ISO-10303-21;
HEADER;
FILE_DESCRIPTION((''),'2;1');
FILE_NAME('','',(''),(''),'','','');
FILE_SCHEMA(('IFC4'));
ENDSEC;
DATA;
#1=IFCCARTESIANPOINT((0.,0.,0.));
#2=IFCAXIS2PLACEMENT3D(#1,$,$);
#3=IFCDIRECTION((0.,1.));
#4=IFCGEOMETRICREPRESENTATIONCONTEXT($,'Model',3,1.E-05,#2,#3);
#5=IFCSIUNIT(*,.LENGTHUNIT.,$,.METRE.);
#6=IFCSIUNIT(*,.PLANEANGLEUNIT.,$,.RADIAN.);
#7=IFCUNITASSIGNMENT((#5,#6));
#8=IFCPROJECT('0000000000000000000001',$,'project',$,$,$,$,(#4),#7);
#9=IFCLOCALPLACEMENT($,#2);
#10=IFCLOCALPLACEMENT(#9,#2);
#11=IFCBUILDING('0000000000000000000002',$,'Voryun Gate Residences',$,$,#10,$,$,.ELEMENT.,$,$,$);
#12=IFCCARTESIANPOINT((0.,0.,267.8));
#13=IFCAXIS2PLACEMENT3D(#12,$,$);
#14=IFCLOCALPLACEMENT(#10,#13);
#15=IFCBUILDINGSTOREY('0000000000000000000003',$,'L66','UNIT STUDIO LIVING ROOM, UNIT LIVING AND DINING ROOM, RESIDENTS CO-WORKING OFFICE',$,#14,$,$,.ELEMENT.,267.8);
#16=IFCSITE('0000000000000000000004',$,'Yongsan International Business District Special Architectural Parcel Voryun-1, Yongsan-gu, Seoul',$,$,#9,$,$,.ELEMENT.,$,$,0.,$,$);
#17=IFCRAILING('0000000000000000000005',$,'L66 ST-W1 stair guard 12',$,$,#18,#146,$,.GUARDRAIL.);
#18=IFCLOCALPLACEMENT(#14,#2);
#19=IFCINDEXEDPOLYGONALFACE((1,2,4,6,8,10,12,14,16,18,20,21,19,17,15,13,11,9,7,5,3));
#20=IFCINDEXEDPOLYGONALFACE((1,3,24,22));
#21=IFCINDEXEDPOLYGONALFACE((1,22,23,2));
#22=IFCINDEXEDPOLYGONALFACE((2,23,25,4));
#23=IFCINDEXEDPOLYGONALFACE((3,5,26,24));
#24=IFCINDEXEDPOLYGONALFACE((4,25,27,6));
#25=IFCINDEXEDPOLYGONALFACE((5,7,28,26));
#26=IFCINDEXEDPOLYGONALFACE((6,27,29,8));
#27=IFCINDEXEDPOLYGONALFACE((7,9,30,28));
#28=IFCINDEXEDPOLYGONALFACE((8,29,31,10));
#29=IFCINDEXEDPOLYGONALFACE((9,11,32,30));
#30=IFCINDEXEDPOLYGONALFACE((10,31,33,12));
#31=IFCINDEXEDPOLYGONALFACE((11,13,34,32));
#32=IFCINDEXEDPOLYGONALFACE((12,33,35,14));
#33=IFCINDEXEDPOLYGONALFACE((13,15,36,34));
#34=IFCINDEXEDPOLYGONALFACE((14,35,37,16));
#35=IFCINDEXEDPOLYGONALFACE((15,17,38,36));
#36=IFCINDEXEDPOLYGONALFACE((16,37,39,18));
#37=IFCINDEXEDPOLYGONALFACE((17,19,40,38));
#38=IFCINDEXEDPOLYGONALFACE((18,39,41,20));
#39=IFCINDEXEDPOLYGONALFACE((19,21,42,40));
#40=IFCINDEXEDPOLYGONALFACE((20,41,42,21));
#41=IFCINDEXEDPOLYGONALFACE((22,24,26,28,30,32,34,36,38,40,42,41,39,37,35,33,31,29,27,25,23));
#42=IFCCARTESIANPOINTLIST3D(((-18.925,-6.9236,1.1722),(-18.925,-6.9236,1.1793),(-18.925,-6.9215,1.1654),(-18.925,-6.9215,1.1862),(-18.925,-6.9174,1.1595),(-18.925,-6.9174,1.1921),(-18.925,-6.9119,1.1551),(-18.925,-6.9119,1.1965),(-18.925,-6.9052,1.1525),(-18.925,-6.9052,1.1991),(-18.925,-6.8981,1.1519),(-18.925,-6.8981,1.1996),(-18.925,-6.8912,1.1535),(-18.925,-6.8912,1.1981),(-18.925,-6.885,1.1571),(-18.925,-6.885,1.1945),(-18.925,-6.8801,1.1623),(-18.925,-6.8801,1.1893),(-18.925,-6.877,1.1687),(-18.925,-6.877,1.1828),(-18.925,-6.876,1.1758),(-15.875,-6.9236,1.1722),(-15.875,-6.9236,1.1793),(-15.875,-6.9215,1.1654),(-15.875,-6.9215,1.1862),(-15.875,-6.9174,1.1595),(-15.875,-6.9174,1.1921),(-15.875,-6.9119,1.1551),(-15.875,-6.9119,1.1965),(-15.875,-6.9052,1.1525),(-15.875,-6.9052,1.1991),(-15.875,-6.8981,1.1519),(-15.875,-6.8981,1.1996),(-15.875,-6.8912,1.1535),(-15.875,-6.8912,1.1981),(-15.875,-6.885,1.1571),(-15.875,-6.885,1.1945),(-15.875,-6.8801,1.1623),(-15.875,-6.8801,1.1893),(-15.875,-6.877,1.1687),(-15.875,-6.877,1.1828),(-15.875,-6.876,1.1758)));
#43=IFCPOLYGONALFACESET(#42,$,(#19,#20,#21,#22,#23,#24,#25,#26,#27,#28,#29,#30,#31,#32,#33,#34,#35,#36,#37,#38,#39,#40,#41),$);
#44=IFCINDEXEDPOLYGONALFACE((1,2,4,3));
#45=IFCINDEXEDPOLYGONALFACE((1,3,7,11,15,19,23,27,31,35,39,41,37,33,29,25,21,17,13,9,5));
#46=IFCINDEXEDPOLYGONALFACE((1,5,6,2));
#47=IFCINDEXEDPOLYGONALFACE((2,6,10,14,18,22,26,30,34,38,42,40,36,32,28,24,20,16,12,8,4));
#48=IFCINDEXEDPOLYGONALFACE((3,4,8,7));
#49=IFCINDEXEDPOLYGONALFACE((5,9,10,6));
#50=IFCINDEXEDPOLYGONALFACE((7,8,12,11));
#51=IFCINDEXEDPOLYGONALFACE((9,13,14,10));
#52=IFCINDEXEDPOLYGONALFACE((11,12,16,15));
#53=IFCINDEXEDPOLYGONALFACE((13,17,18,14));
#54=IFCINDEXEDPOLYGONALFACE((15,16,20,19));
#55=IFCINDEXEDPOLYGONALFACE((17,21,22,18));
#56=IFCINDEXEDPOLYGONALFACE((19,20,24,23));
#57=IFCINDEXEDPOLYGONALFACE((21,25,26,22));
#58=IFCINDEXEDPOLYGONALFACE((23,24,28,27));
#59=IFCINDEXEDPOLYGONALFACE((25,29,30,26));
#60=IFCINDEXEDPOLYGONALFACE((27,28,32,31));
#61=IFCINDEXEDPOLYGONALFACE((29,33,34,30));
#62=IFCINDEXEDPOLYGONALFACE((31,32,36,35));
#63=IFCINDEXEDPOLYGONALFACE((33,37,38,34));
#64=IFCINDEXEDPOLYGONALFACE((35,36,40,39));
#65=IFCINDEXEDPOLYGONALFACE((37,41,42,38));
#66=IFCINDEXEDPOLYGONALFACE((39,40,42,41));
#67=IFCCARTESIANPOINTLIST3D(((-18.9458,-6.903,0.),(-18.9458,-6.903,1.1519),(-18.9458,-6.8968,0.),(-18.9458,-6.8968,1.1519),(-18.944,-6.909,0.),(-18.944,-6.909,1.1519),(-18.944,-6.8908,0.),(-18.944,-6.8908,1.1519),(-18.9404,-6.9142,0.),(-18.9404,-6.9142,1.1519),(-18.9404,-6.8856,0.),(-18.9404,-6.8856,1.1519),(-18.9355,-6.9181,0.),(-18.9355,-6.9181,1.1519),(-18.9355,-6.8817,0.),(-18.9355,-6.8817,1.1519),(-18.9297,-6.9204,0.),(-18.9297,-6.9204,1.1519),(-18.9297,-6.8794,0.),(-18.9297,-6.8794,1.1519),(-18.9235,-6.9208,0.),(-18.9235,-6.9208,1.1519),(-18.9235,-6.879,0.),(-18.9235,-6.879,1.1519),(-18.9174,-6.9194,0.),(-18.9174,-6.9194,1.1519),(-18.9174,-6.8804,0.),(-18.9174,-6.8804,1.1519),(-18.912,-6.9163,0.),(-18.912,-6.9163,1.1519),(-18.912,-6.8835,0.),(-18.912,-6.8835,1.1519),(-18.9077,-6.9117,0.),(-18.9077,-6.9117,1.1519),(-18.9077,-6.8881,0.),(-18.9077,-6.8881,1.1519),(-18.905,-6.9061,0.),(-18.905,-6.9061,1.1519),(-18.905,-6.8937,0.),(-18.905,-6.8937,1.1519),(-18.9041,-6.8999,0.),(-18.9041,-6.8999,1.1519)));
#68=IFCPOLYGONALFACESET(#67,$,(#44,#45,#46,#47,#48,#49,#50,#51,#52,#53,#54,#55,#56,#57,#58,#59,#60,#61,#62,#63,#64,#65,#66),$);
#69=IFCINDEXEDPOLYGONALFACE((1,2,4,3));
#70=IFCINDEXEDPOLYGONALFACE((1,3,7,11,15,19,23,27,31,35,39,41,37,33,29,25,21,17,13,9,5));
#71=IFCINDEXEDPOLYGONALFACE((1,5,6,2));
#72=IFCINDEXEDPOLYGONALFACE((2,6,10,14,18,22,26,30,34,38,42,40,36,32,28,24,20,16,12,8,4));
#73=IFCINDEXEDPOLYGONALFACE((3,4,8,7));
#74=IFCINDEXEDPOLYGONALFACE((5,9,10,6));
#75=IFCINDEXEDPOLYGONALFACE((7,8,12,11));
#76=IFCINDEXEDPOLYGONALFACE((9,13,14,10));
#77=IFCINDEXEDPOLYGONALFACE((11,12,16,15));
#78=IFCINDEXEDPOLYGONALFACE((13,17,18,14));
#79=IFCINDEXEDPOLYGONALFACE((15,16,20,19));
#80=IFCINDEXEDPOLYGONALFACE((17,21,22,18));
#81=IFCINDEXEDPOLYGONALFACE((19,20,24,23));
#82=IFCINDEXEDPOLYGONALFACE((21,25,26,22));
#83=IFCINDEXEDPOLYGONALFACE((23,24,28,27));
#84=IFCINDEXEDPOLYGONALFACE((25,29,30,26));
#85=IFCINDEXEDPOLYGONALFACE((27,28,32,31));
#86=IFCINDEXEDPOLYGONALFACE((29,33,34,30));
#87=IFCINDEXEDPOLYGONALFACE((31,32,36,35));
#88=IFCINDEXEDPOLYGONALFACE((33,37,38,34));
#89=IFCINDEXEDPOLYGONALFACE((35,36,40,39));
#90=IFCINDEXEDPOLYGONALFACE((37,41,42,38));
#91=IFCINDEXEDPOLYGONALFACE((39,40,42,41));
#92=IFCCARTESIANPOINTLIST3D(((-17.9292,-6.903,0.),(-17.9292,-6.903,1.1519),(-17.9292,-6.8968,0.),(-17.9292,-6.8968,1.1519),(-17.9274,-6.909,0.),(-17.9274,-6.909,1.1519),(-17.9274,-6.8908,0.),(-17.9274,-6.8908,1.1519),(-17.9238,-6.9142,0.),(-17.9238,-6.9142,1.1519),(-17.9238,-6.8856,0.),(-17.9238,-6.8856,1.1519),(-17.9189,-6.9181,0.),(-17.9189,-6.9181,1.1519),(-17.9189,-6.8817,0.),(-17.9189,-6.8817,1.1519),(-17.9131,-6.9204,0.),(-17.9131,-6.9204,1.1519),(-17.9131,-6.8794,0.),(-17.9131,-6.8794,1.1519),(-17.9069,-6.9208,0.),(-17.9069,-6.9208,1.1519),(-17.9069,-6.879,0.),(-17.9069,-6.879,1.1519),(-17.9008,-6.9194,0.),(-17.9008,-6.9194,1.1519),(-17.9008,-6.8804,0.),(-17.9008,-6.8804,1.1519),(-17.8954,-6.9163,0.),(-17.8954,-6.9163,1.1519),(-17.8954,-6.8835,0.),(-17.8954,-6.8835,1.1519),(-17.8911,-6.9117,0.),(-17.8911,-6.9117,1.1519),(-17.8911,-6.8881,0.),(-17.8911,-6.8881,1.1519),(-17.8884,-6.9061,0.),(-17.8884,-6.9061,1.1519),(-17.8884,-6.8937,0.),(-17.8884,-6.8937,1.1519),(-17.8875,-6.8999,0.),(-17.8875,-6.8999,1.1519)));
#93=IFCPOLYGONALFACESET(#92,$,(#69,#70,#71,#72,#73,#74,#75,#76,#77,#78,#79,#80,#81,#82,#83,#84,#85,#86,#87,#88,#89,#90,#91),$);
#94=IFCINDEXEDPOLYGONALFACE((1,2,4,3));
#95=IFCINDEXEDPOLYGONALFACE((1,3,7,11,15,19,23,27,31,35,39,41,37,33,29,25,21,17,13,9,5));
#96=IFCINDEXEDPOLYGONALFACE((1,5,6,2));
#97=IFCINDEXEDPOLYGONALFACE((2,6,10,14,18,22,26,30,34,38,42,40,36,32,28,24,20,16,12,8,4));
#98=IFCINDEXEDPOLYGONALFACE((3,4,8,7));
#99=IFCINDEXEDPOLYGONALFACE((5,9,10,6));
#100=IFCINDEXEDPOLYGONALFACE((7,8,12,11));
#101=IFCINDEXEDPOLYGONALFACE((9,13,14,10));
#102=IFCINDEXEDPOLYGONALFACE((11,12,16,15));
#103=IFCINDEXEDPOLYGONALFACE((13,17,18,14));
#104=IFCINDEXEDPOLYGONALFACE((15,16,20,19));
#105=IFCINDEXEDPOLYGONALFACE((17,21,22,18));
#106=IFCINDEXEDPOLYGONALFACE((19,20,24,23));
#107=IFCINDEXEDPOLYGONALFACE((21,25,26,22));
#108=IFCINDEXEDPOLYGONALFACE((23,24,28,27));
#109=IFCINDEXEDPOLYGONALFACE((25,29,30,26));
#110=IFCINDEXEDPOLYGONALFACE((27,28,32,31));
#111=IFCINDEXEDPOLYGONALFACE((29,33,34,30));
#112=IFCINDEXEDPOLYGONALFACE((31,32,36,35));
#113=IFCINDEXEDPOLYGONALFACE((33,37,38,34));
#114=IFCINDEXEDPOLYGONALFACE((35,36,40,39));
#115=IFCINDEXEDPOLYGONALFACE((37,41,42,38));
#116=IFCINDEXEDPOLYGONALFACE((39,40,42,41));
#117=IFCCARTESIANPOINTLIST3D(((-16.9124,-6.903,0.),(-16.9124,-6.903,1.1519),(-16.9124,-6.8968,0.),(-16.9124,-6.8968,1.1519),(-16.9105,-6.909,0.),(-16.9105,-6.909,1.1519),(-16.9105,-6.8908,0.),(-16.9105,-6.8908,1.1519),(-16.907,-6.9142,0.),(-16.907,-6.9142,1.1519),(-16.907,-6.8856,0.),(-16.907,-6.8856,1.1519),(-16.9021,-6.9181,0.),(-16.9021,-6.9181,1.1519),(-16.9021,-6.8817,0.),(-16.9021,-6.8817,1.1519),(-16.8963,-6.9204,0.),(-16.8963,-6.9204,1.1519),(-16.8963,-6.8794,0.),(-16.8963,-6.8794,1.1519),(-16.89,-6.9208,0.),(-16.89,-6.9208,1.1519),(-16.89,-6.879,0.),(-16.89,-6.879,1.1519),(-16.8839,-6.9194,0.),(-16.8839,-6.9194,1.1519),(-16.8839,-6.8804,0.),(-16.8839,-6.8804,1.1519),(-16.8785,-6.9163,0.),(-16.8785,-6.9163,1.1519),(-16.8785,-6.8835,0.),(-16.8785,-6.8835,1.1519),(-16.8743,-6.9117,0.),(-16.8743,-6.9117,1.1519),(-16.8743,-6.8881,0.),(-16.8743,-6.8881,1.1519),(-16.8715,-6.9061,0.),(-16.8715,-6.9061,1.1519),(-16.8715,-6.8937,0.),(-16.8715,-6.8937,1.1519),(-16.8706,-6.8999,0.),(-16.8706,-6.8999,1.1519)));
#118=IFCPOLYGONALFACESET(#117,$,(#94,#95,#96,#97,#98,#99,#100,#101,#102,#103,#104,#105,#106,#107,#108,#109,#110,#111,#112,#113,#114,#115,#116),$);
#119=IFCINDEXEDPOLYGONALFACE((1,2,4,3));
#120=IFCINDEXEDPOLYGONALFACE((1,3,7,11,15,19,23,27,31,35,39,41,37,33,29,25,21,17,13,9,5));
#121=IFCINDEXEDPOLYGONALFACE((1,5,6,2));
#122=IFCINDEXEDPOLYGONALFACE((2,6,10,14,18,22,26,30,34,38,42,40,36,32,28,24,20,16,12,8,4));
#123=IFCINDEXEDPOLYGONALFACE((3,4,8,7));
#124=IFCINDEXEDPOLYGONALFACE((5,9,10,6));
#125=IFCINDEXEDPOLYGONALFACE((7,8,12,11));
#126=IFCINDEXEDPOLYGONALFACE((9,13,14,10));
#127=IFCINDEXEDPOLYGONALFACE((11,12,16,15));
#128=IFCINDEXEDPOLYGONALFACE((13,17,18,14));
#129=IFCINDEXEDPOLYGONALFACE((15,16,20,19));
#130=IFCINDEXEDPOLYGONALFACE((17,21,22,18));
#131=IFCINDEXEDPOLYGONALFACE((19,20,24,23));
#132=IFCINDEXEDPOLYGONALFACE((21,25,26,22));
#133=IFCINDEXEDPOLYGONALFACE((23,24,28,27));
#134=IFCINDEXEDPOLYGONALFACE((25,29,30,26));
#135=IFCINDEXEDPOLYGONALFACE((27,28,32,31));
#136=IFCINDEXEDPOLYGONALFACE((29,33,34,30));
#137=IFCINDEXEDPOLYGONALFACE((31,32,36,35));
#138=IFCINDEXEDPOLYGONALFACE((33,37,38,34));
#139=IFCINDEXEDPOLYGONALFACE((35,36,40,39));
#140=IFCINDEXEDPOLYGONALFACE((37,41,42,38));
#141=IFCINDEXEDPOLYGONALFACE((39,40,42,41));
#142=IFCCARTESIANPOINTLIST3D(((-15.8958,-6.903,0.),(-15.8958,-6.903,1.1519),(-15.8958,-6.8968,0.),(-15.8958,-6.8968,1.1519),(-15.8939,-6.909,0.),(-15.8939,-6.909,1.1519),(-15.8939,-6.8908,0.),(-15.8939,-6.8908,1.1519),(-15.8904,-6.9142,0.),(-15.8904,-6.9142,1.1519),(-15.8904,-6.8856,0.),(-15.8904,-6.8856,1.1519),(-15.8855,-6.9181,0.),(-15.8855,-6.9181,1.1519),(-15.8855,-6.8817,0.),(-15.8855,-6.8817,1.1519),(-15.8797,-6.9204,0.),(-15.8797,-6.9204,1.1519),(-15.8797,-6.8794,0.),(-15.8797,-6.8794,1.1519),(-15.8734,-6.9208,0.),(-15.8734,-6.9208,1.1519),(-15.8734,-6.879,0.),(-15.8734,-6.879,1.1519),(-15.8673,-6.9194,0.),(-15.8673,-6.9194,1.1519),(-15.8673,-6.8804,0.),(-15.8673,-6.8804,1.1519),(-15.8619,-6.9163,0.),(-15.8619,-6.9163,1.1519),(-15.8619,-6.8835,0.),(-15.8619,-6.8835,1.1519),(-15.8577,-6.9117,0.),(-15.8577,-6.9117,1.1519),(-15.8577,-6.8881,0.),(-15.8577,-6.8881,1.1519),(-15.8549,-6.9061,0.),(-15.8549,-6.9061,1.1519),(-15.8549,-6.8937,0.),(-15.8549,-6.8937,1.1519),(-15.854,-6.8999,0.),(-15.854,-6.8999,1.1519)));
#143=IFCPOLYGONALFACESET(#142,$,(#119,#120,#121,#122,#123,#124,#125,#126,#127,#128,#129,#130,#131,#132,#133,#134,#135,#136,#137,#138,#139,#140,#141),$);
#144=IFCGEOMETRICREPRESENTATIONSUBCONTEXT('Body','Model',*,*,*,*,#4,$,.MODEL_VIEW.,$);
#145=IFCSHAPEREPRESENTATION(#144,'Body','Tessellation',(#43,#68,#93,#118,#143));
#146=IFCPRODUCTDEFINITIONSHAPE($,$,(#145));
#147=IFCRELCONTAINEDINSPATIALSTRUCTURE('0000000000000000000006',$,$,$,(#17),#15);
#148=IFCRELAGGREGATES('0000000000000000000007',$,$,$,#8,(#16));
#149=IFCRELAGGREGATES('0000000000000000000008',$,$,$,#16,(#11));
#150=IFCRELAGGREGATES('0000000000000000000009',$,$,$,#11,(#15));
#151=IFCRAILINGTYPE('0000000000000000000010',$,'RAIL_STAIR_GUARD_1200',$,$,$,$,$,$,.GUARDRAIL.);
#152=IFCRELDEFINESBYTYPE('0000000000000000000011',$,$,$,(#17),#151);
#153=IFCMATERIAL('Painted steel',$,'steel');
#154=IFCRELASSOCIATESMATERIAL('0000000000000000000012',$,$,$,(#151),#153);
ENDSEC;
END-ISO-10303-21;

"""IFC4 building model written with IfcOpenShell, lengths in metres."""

from ifc_helpers import new_model, si_unit, direction, frame, origin, origin_2d, place, context, subcontext, project, spatial, circle, extrude, material, type_object, element, save


model = new_model("IFC4")

# Units and contexts
model_context = context("Model", 3, precision=1e-05, world=origin(), true_north=direction((0.0, 1.0)))
body_context = subcontext(model_context, "Body", "Model", "MODEL_VIEW")
ifc_project = project(units=[si_unit("LENGTHUNIT", "METRE"), si_unit("PLANEANGLEUNIT", "RADIAN")], contexts=[model_context])

# Site, building, storey
site_placement = place(None, origin())
site = spatial("IfcSite", under=ifc_project, at=site_placement, Name="Yongsan International Business District Special Architectural Parcel Voryun-1, Yongsan-gu, Seoul", CompositionType="ELEMENT", RefElevation=0.0)
building_placement = place(site_placement, origin())
building = spatial("IfcBuilding", under=site, at=building_placement, Name="Voryun Gate Residences", CompositionType="ELEMENT")
storey_placement = place(building_placement, frame((0.0, 0.0, 267.8)))
storey = spatial("IfcBuildingStorey", under=building, at=storey_placement, Name="L66", Description="UNIT STUDIO LIVING ROOM, UNIT LIVING AND DINING ROOM, RESIDENTS CO-WORKING OFFICE", CompositionType="ELEMENT", Elevation=267.8)

# Railing
ifc_material_1 = material(Name="Painted steel", Category="steel")
railing_type_1 = type_object("IfcRailingType", Name="RAIL_STAIR_GUARD_1200", PredefinedType="GUARDRAIL", material=ifc_material_1)
railing_1_placement = place(storey_placement, frame((-18.925, -6.8999, 0.0)))
element("IfcRailing", 1, at=railing_1_placement, inside=storey, type_object=railing_type_1, Name="L66 ST-W1 stair guard 12", PredefinedType="GUARDRAIL", context=body_context, shape_type="SweptSolid", body=[
    extrude(circle(Radius=0.0239, at=origin_2d()), frame((0.0, 0.0, 1.1758), z_axis=(1.0, 0.0, 0.0), x_axis=(0.0, 1.0, 0.0)), (0.0, 0.0, 1.0), 3.05),
    extrude(circle(Radius=0.021, at=origin_2d()), origin(), (0.0, 0.0, 1.0), 1.1519),
    extrude(circle(Radius=0.021, at=origin_2d()), frame((1.0166, 0.0, 0.0)), (0.0, 0.0, 1.0), 1.1519),
    extrude(circle(Radius=0.021, at=origin_2d()), frame((2.0334, 0.0, 0.0)), (0.0, 0.0, 1.0), 1.1519),
    extrude(circle(Radius=0.021, at=origin_2d()), frame((3.05, 0.0, 0.0)), (0.0, 0.0, 1.0), 1.1519),
])

save(model, "model.ifc")
